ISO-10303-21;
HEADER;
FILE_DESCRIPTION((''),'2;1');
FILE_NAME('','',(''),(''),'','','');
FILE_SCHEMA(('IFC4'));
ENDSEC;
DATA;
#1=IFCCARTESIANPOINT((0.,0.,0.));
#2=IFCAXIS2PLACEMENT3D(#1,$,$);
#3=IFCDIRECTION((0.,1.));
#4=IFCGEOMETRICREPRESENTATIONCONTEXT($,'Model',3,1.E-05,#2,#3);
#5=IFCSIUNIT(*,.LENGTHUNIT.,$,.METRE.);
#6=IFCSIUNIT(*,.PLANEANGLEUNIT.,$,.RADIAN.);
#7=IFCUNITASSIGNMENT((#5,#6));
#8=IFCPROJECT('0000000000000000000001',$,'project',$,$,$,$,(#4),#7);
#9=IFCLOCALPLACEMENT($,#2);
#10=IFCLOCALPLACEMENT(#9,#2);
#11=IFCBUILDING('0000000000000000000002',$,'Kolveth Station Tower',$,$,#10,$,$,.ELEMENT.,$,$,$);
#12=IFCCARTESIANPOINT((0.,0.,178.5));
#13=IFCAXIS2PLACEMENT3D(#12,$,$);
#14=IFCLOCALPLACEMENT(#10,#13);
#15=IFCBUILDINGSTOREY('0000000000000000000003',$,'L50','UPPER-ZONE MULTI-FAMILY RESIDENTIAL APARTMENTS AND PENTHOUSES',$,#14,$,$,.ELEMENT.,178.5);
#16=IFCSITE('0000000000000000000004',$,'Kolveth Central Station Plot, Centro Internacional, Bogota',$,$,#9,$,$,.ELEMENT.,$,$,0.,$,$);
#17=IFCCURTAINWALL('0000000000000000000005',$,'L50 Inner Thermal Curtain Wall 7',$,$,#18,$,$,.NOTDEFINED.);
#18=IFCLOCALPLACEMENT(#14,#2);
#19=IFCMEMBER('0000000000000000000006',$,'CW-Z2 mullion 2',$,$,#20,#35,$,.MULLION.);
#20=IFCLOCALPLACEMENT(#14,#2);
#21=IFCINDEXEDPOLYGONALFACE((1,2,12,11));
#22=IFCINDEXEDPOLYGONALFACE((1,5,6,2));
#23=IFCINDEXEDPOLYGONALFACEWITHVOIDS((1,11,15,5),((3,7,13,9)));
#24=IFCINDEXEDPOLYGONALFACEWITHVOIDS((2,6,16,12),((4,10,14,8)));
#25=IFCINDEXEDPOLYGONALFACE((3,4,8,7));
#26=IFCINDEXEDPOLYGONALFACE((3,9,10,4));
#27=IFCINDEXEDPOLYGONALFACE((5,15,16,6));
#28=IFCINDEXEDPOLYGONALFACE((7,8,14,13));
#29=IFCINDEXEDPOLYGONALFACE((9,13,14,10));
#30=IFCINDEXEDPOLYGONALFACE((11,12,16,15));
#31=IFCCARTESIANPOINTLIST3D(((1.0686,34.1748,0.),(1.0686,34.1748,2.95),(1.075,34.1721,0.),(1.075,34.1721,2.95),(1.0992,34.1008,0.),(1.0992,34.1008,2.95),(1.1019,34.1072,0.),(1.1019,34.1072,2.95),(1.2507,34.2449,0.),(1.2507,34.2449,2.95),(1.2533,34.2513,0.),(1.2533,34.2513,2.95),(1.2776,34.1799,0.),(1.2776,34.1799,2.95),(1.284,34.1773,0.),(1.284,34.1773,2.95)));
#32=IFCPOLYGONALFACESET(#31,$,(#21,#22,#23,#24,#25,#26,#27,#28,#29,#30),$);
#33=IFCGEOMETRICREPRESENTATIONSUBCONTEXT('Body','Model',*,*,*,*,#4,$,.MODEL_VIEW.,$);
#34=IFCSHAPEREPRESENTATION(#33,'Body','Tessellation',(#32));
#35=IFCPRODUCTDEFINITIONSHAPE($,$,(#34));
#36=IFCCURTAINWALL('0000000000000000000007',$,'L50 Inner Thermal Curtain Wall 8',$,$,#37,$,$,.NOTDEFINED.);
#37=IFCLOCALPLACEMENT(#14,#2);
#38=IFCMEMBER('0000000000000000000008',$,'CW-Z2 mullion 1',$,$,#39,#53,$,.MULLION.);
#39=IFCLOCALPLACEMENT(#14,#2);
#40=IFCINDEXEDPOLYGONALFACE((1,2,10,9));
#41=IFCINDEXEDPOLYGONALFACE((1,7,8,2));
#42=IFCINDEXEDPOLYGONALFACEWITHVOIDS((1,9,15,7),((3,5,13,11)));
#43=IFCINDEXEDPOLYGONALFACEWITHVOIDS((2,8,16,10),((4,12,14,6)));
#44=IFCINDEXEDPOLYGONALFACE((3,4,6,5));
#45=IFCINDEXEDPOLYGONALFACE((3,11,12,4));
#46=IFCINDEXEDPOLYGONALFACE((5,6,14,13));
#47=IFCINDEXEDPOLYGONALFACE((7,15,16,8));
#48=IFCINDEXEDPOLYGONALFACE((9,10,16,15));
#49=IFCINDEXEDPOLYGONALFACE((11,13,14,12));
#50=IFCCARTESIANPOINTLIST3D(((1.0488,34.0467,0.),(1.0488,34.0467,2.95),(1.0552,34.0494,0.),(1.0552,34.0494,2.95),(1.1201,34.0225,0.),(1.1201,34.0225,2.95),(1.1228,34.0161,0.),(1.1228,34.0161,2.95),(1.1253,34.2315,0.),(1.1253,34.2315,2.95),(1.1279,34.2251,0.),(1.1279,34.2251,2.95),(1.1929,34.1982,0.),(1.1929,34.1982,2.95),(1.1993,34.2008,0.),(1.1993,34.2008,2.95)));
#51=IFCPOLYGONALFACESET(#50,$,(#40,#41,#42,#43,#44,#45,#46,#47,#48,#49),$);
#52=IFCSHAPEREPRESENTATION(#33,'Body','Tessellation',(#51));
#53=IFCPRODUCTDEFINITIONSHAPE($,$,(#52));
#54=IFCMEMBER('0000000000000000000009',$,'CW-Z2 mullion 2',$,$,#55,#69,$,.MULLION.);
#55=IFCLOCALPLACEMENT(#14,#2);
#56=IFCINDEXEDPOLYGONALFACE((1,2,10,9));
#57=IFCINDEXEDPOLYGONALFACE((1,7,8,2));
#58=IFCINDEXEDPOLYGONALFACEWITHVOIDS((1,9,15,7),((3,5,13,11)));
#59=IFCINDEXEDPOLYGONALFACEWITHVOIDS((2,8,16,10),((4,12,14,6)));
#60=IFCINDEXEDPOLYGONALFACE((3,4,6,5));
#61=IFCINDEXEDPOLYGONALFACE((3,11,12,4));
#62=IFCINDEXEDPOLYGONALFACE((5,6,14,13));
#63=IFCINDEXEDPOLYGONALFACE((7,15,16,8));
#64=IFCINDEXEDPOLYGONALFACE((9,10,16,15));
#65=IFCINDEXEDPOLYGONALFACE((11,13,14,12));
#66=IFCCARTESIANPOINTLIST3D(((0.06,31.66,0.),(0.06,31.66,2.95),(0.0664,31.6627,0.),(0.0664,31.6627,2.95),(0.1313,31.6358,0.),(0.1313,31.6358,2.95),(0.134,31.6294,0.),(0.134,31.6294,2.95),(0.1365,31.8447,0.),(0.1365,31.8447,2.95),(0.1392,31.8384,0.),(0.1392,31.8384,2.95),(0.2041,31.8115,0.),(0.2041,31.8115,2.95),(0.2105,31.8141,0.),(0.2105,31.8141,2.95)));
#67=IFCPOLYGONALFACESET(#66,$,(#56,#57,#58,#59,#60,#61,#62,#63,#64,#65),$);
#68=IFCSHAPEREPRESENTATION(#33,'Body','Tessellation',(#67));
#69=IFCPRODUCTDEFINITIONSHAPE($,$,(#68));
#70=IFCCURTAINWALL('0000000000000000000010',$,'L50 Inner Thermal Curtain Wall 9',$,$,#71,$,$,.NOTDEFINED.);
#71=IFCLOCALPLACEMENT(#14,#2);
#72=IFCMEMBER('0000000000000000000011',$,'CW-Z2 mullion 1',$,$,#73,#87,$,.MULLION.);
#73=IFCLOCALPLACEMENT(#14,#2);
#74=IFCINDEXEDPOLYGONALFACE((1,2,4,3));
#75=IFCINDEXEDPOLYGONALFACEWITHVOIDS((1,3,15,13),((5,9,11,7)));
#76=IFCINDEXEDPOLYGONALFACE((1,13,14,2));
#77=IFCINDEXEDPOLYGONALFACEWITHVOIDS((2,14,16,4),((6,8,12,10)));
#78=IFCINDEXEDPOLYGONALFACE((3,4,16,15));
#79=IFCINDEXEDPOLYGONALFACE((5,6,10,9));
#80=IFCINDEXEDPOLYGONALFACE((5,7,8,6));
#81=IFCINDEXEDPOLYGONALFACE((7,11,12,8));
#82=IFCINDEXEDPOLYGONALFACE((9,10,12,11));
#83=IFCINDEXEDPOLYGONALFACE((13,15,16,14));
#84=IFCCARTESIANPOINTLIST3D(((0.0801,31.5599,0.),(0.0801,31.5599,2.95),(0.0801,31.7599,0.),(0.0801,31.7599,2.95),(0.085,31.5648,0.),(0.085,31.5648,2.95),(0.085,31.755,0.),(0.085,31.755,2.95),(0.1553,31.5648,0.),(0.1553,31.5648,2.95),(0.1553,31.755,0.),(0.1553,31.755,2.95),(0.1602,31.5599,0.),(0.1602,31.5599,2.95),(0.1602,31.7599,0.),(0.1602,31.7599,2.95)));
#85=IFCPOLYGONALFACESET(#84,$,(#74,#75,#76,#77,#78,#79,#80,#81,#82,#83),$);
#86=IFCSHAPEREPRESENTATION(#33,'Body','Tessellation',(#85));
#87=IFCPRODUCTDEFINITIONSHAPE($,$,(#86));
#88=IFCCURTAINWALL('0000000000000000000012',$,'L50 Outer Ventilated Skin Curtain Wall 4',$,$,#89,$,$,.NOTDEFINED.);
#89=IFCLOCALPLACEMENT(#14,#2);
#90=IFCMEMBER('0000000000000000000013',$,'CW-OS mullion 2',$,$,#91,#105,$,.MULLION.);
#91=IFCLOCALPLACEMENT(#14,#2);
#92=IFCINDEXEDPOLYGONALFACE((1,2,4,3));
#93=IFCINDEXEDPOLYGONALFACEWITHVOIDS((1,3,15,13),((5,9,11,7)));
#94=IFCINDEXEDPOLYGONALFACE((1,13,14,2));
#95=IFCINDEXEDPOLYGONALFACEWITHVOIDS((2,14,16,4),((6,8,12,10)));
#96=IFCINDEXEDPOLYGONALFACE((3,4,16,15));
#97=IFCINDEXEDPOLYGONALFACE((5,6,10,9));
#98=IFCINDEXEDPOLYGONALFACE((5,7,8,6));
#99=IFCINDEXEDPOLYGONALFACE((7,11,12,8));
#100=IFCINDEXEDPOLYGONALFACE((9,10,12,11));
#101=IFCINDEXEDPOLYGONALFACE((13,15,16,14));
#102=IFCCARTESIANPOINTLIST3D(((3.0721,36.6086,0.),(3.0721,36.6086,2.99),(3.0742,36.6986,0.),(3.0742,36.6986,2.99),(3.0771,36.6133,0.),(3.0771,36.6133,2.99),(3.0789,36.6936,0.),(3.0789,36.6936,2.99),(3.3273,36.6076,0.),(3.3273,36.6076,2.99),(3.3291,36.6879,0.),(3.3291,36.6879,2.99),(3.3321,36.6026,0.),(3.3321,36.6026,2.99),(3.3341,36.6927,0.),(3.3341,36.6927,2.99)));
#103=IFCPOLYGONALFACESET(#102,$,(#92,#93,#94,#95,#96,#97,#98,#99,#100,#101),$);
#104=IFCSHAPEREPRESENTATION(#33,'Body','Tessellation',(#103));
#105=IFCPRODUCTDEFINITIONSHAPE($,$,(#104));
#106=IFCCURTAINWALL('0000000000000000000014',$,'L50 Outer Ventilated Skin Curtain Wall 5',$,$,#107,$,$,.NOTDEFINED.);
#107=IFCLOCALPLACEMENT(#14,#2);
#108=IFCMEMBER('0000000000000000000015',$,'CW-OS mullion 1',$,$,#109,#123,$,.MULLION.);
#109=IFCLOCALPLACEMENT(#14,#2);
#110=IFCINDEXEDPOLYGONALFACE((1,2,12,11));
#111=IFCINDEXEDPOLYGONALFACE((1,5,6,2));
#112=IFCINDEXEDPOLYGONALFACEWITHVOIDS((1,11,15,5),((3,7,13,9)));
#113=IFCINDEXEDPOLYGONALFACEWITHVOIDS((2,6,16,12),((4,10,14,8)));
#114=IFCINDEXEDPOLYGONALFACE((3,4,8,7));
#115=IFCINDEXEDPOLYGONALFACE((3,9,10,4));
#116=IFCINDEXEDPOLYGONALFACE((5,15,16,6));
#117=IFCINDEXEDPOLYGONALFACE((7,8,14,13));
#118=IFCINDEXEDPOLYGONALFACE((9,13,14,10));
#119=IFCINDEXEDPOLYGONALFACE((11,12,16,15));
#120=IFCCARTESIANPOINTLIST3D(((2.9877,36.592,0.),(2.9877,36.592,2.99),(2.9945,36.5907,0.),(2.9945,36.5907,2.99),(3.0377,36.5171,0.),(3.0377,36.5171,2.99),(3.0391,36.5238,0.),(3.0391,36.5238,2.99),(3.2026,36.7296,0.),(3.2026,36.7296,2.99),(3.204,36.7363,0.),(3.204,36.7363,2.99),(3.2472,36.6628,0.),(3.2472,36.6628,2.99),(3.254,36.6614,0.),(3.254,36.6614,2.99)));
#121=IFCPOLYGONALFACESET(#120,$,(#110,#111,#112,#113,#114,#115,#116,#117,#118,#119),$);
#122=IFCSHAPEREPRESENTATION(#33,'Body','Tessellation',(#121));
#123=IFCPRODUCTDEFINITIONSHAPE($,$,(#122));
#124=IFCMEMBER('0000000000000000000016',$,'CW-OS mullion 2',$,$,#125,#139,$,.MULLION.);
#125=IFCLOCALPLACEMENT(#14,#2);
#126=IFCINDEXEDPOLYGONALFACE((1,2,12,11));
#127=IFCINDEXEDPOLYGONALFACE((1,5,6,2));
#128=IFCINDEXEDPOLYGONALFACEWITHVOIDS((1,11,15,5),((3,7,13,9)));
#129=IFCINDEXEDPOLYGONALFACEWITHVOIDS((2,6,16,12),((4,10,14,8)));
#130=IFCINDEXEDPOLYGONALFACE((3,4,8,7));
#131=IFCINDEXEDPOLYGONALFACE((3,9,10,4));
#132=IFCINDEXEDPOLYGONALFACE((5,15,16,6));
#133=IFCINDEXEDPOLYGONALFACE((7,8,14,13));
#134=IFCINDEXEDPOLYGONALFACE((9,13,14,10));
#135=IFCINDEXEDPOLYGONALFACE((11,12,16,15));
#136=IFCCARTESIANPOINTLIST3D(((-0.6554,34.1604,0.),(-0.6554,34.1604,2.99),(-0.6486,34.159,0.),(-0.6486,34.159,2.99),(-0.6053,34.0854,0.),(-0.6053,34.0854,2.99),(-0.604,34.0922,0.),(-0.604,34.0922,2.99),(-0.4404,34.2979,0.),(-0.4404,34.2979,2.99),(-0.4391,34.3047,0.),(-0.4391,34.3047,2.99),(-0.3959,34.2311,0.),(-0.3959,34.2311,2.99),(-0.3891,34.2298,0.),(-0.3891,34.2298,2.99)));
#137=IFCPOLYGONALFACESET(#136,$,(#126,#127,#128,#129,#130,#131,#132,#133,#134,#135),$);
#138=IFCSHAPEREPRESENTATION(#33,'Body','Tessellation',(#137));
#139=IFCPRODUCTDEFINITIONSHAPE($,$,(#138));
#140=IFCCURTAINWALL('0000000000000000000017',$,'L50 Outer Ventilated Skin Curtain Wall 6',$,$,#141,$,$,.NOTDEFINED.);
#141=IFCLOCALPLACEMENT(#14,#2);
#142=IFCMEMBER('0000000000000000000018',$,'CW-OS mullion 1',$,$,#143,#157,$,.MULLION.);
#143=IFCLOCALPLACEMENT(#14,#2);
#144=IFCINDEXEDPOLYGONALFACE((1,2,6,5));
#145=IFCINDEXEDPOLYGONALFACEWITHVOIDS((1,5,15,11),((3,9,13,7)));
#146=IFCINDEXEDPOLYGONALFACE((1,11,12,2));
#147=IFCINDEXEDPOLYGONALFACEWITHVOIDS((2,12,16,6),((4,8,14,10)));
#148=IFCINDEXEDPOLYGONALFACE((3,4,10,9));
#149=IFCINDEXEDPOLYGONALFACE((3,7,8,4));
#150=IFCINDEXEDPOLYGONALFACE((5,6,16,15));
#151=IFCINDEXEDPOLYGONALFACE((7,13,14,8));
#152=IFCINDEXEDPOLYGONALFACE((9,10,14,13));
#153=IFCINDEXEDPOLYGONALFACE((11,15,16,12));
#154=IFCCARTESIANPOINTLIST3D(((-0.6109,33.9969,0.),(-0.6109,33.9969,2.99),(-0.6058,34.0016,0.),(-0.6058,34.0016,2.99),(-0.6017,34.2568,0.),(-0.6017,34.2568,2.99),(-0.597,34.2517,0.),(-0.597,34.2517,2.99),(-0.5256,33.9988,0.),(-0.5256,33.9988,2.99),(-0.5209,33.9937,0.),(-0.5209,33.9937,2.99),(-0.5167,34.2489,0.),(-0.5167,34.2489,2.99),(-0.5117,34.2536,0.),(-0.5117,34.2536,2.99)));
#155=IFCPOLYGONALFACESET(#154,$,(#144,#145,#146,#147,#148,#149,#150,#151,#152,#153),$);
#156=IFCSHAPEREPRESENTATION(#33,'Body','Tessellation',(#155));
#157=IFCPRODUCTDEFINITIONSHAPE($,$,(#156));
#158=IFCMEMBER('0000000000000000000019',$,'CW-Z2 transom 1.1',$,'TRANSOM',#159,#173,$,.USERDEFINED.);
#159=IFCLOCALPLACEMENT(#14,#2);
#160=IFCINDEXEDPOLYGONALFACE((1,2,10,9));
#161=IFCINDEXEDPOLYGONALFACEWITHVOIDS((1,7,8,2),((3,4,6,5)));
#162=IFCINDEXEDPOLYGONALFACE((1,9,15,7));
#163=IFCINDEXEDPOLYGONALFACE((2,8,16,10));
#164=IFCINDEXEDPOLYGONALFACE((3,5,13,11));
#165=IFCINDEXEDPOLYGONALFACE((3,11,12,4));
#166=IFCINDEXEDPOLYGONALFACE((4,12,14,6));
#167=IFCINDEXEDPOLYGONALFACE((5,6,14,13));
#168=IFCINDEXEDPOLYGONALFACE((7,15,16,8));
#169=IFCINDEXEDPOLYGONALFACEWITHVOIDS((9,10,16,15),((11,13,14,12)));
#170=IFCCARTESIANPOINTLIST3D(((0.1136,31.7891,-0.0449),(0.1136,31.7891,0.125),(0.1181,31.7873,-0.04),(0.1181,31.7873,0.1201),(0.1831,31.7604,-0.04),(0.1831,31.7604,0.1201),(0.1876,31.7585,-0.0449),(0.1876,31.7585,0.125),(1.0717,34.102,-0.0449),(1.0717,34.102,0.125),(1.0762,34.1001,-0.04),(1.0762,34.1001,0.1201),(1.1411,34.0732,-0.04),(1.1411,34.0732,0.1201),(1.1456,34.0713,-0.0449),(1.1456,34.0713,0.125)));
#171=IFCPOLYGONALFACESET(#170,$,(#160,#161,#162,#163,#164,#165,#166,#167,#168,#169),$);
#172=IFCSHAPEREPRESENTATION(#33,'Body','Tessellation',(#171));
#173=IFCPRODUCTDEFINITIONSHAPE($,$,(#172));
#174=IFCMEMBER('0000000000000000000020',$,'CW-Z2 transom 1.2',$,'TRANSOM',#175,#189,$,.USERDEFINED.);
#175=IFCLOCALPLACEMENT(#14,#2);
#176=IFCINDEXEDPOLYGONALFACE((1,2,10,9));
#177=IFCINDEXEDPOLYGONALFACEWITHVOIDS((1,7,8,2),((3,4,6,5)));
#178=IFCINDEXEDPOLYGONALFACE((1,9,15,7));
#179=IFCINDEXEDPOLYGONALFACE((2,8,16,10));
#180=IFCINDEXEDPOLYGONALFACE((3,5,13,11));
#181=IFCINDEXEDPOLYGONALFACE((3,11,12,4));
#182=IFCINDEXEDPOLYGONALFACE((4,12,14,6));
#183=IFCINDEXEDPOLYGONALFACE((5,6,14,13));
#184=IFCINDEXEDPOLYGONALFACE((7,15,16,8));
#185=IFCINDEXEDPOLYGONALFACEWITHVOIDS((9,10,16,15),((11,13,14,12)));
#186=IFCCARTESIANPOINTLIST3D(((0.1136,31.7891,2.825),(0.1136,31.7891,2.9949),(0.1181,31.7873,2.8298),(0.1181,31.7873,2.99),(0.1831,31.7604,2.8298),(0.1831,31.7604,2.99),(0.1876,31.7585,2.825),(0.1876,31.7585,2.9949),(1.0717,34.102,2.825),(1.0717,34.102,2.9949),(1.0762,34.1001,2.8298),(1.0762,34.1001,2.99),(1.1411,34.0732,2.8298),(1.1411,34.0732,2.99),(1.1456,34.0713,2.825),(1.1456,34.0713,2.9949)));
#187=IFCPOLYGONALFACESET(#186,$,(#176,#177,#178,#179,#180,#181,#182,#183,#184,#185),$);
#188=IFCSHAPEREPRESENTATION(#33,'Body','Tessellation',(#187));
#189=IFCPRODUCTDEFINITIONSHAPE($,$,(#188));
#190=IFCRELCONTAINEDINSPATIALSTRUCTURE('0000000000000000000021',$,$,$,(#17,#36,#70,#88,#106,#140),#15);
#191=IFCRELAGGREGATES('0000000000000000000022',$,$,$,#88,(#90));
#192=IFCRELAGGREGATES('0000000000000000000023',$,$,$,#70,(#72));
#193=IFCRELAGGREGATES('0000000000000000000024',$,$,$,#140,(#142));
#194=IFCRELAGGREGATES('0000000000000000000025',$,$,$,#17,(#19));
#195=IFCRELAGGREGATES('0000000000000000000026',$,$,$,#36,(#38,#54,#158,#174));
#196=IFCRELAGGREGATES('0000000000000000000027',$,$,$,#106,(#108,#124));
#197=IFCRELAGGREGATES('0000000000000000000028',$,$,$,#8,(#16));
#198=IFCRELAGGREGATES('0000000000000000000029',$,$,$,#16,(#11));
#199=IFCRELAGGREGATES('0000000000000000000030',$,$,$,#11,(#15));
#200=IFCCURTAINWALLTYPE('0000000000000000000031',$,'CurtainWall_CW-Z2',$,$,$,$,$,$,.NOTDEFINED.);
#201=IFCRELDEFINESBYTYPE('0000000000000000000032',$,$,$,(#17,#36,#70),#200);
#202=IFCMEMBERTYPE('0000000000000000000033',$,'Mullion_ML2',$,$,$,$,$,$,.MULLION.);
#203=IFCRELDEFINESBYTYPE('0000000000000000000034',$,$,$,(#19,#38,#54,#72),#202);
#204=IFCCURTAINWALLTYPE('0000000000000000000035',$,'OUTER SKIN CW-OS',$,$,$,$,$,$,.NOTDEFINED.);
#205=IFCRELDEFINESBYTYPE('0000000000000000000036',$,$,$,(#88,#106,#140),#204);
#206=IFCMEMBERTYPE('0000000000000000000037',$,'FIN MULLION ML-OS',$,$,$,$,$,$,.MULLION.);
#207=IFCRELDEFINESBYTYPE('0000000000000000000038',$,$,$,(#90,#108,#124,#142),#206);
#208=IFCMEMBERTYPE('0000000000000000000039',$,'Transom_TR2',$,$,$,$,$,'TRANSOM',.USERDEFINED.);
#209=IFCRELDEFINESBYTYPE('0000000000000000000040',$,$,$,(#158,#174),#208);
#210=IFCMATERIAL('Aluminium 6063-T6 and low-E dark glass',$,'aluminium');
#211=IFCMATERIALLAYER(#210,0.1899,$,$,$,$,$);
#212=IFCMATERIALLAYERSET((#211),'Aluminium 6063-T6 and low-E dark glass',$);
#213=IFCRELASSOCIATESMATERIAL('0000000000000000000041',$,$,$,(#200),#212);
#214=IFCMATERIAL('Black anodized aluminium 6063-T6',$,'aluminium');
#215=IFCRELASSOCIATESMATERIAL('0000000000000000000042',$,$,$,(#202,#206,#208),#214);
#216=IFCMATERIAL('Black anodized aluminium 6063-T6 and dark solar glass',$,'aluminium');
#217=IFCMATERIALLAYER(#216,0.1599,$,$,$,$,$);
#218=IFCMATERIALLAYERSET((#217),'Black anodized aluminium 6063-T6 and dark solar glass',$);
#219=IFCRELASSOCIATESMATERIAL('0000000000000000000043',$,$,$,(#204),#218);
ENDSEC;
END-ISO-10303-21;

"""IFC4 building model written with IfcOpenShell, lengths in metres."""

from ifc_helpers import new_model, si_unit, direction, frame, origin, origin_2d, place, context, subcontext, project, spatial, hollow_rectangle, extrude, source, transform, mapped, material, layer, layer_set, material_profile, profile_set, type_object, element, aggregate, save


model = new_model("IFC4")

# Units and contexts
model_context = context("Model", 3, precision=1e-05, world=origin(), true_north=direction((0.0, 1.0)))
body_context = subcontext(model_context, "Body", "Model", "MODEL_VIEW")
ifc_project = project(units=[si_unit("LENGTHUNIT", "METRE"), si_unit("PLANEANGLEUNIT", "RADIAN")], contexts=[model_context])

# Site, building, storey
site_placement = place(None, origin())
site = spatial("IfcSite", under=ifc_project, at=site_placement, Name="Kolveth Central Station Plot, Centro Internacional, Bogota", CompositionType="ELEMENT", RefElevation=0.0)
building_placement = place(site_placement, origin())
building = spatial("IfcBuilding", under=site, at=building_placement, Name="Kolveth Station Tower", CompositionType="ELEMENT")
storey_placement = place(building_placement, frame((0.0, 0.0, 178.5)))
storey = spatial("IfcBuildingStorey", under=building, at=storey_placement, Name="L50", Description="UPPER-ZONE MULTI-FAMILY RESIDENTIAL APARTMENTS AND PENTHOUSES", CompositionType="ELEMENT", Elevation=178.5)

# Curtain wall, member
ifc_material_1 = material(Name="Aluminium 6063-T6 and low-E dark glass", Category="aluminium")
ifc_layer_1 = layer(ifc_material_1, 0.1899)
ifc_layer_set_1 = layer_set([ifc_layer_1], Name="Aluminium 6063-T6 and low-E dark glass")
curtain_wall_type_1 = type_object("IfcCurtainWallType", Name="CurtainWall_CW-Z2", PredefinedType="NOTDEFINED", material=ifc_layer_set_1)
curtain_wall_1_placement = place(storey_placement, origin())
curtain_wall_1 = element("IfcCurtainWall", 1, at=curtain_wall_1_placement, inside=storey, type_object=curtain_wall_type_1, Name="L50 Inner Thermal Curtain Wall 7", PredefinedType="NOTDEFINED")
ifc_material_2 = material(Name="Black anodized aluminium 6063-T6", Category="aluminium")
ifc_material_profile_1 = material_profile(ifc_material_2, hollow_rectangle(XDim=0.0801, YDim=0.2, WallThickness=0.0049, at=origin_2d()), Name="ALU-80x200x5")
ifc_profile_set_1 = profile_set([ifc_material_profile_1], Name="Black anodized aluminium 6063-T6")
member_type_1 = type_object("IfcMemberType", Name="Mullion_ML2", PredefinedType="MULLION", material=ifc_profile_set_1)
shared_shape_1 = source(origin(), body_context, "Body", "SweptSolid", [
    extrude(hollow_rectangle(XDim=0.0801, YDim=0.2, WallThickness=0.0049, at=origin_2d()), origin(), (0.0, 0.0, 1.0), 2.95),
])
member_1_placement = place(storey_placement, frame((1.1763, 34.176, 0.0), z_axis=(0.0, 0.0, 1.0), x_axis=(0.382698, -0.923874, 0.0)))
member_1 = element("IfcMember", 2, at=member_1_placement, type_object=member_type_1, Name="CW-Z2 mullion 2", PredefinedType="MULLION", context=body_context, shape_type="MappedRepresentation", body=[
    mapped(shared_shape_1, transform((0.0, 0.0, 0.0), x_axis=(1.0, 0.0, 0.0), y_axis=(0.0, 1.0, 0.0), z_axis=(0.0, 0.0, 1.0), scale=1.0)),
])

# Curtain wall, members
curtain_wall_2_placement = place(storey_placement, origin())
curtain_wall_2 = element("IfcCurtainWall", 3, at=curtain_wall_2_placement, inside=storey, type_object=curtain_wall_type_1, Name="L50 Inner Thermal Curtain Wall 8", PredefinedType="NOTDEFINED")
member_2_placement = place(storey_placement, frame((1.124, 34.1238, 0.0), z_axis=(0.0, 0.0, 1.0), x_axis=(0.923874, -0.382698, 0.0)))
member_2 = element("IfcMember", 4, at=member_2_placement, type_object=member_type_1, Name="CW-Z2 mullion 1", PredefinedType="MULLION", context=body_context, shape_type="MappedRepresentation", body=[
    mapped(shared_shape_1, transform((0.0, 0.0, 0.0), x_axis=(1.0, 0.0, 0.0), y_axis=(0.0, 1.0, 0.0), z_axis=(0.0, 0.0, 1.0), scale=1.0)),
])
member_3_placement = place(storey_placement, frame((0.1353, 31.7371, 0.0), z_axis=(0.0, 0.0, 1.0), x_axis=(0.923874, -0.382698, 0.0)))
member_3 = element("IfcMember", 5, at=member_3_placement, type_object=member_type_1, Name="CW-Z2 mullion 2", PredefinedType="MULLION", context=body_context, shape_type="MappedRepresentation", body=[
    mapped(shared_shape_1, transform((0.0, 0.0, 0.0), x_axis=(1.0, 0.0, 0.0), y_axis=(0.0, 1.0, 0.0), z_axis=(0.0, 0.0, 1.0), scale=1.0)),
])

# Curtain walls, members
curtain_wall_3_placement = place(storey_placement, origin())
curtain_wall_3 = element("IfcCurtainWall", 6, at=curtain_wall_3_placement, inside=storey, type_object=curtain_wall_type_1, Name="L50 Inner Thermal Curtain Wall 9", PredefinedType="NOTDEFINED")
member_4_placement = place(storey_placement, frame((0.1201, 31.6599, 0.0), z_axis=(0.0, 0.0, 1.0), x_axis=(1.0, 0.0, 0.0)))
member_4 = element("IfcMember", 7, at=member_4_placement, type_object=member_type_1, Name="CW-Z2 mullion 1", PredefinedType="MULLION", context=body_context, shape_type="MappedRepresentation", body=[
    mapped(shared_shape_1, transform((0.0, 0.0, 0.0), x_axis=(1.0, 0.0, 0.0), y_axis=(0.0, 1.0, 0.0), z_axis=(0.0, 0.0, 1.0), scale=1.0)),
])
ifc_material_3 = material(Name="Black anodized aluminium 6063-T6 and dark solar glass", Category="aluminium")
ifc_layer_2 = layer(ifc_material_3, 0.1599)
ifc_layer_set_2 = layer_set([ifc_layer_2], Name="Black anodized aluminium 6063-T6 and dark solar glass")
curtain_wall_type_2 = type_object("IfcCurtainWallType", Name="OUTER SKIN CW-OS", PredefinedType="NOTDEFINED", material=ifc_layer_set_2)
curtain_wall_4_placement = place(storey_placement, origin())
curtain_wall_4 = element("IfcCurtainWall", 8, at=curtain_wall_4_placement, inside=storey, type_object=curtain_wall_type_2, Name="L50 Outer Ventilated Skin Curtain Wall 4", PredefinedType="NOTDEFINED")
ifc_material_profile_2 = material_profile(ifc_material_2, hollow_rectangle(XDim=0.0901, YDim=0.26, WallThickness=0.0049, at=origin_2d()), Name="ALU-90x260x5")
ifc_profile_set_2 = profile_set([ifc_material_profile_2], Name="Black anodized aluminium 6063-T6")
member_type_2 = type_object("IfcMemberType", Name="FIN MULLION ML-OS", PredefinedType="MULLION", material=ifc_profile_set_2)
shared_shape_2 = source(origin(), body_context, "Body", "SweptSolid", [
    extrude(hollow_rectangle(XDim=0.0901, YDim=0.26, WallThickness=0.0049, at=origin_2d()), origin(), (0.0, 0.0, 1.0), 2.99),
])
member_5_placement = place(storey_placement, frame((3.2031, 36.6506, 0.0), z_axis=(0.0, 0.0, 1.0), x_axis=(-0.022766, -0.999741, 0.0)))
member_5 = element("IfcMember", 9, at=member_5_placement, type_object=member_type_2, Name="CW-OS mullion 2", PredefinedType="MULLION", context=body_context, shape_type="MappedRepresentation", body=[
    mapped(shared_shape_2, transform((0.0, 0.0, 0.0), x_axis=(1.0, 0.0, 0.0), y_axis=(0.0, 1.0, 0.0), z_axis=(0.0, 0.0, 1.0), scale=1.0)),
])
aggregate(curtain_wall_4, [member_5])

# Curtain wall, members
curtain_wall_5_placement = place(storey_placement, origin())
curtain_wall_5 = element("IfcCurtainWall", 10, at=curtain_wall_5_placement, inside=storey, type_object=curtain_wall_type_2, Name="L50 Outer Ventilated Skin Curtain Wall 5", PredefinedType="NOTDEFINED")
member_6_placement = place(storey_placement, frame((3.1208, 36.6267, 0.0), z_axis=(0.0, 0.0, 1.0), x_axis=(0.55516, -0.831744, 0.0)))
member_6 = element("IfcMember", 11, at=member_6_placement, type_object=member_type_2, Name="CW-OS mullion 1", PredefinedType="MULLION", context=body_context, shape_type="MappedRepresentation", body=[
    mapped(shared_shape_2, transform((0.0, 0.0, 0.0), x_axis=(1.0, 0.0, 0.0), y_axis=(0.0, 1.0, 0.0), z_axis=(0.0, 0.0, 1.0), scale=1.0)),
])
member_7_placement = place(storey_placement, frame((-0.5222, 34.1951, 0.0), z_axis=(0.0, 0.0, 1.0), x_axis=(0.55516, -0.831744, 0.0)))
member_7 = element("IfcMember", 12, at=member_7_placement, type_object=member_type_2, Name="CW-OS mullion 2", PredefinedType="MULLION", context=body_context, shape_type="MappedRepresentation", body=[
    mapped(shared_shape_2, transform((0.0, 0.0, 0.0), x_axis=(1.0, 0.0, 0.0), y_axis=(0.0, 1.0, 0.0), z_axis=(0.0, 0.0, 1.0), scale=1.0)),
])

# Curtain wall, member
curtain_wall_6_placement = place(storey_placement, origin())
curtain_wall_6 = element("IfcCurtainWall", 13, at=curtain_wall_6_placement, inside=storey, type_object=curtain_wall_type_2, Name="L50 Outer Ventilated Skin Curtain Wall 6", PredefinedType="NOTDEFINED")
member_8_placement = place(storey_placement, frame((-0.5613, 34.1252, 0.0), z_axis=(0.0, 0.0, 1.0), x_axis=(0.999376, -0.035309, 0.0)))
member_8 = element("IfcMember", 14, at=member_8_placement, type_object=member_type_2, Name="CW-OS mullion 1", PredefinedType="MULLION", context=body_context, shape_type="MappedRepresentation", body=[
    mapped(shared_shape_2, transform((0.0, 0.0, 0.0), x_axis=(1.0, 0.0, 0.0), y_axis=(0.0, 1.0, 0.0), z_axis=(0.0, 0.0, 1.0), scale=1.0)),
])

# Members
ifc_material_profile_3 = material_profile(ifc_material_2, hollow_rectangle(XDim=0.0801, YDim=0.1699, WallThickness=0.0049, at=origin_2d()), Name="ALU-80x170x5")
ifc_profile_set_3 = profile_set([ifc_material_profile_3], Name="Black anodized aluminium 6063-T6")
member_type_3 = type_object("IfcMemberType", Name="Transom_TR2", ElementType="TRANSOM", PredefinedType="USERDEFINED", material=ifc_profile_set_3)
shared_shape_3 = source(origin(), body_context, "Body", "SweptSolid", [
    extrude(hollow_rectangle(XDim=0.0801, YDim=0.1699, WallThickness=0.0049, at=origin_2d()), origin(), (0.0, 0.0, 1.0), 2.5034),
])
member_9_placement = place(storey_placement, frame((1.1086, 34.0867, 0.04), z_axis=(-0.382696, -0.923874, 0.0), x_axis=(0.923874, -0.382696, 0.0)))
member_9 = element("IfcMember", 15, at=member_9_placement, type_object=member_type_3, Name="CW-Z2 transom 1.1", ObjectType="TRANSOM", PredefinedType="USERDEFINED", context=body_context, shape_type="MappedRepresentation", body=[
    mapped(shared_shape_3, transform((0.0, 0.0, 0.0), x_axis=(1.0, 0.0, 0.0), y_axis=(0.0, 1.0, 0.0), z_axis=(0.0, 0.0, 1.0), scale=1.0)),
])
member_10_placement = place(storey_placement, frame((1.1086, 34.0867, 2.9099), z_axis=(-0.382696, -0.923874, 0.0), x_axis=(0.923874, -0.382696, 0.0)))
member_10 = element("IfcMember", 16, at=member_10_placement, type_object=member_type_3, Name="CW-Z2 transom 1.2", ObjectType="TRANSOM", PredefinedType="USERDEFINED", context=body_context, shape_type="MappedRepresentation", body=[
    mapped(shared_shape_3, transform((0.0, 0.0, 0.0), x_axis=(1.0, 0.0, 0.0), y_axis=(0.0, 1.0, 0.0), z_axis=(0.0, 0.0, 1.0), scale=1.0)),
])
aggregate(curtain_wall_3, [member_4])
aggregate(curtain_wall_6, [member_8])

aggregate(curtain_wall_1, [member_1])
aggregate(curtain_wall_2, [member_2, member_3, member_9, member_10])
aggregate(curtain_wall_5, [member_6, member_7])

save(model, "model.ifc")
